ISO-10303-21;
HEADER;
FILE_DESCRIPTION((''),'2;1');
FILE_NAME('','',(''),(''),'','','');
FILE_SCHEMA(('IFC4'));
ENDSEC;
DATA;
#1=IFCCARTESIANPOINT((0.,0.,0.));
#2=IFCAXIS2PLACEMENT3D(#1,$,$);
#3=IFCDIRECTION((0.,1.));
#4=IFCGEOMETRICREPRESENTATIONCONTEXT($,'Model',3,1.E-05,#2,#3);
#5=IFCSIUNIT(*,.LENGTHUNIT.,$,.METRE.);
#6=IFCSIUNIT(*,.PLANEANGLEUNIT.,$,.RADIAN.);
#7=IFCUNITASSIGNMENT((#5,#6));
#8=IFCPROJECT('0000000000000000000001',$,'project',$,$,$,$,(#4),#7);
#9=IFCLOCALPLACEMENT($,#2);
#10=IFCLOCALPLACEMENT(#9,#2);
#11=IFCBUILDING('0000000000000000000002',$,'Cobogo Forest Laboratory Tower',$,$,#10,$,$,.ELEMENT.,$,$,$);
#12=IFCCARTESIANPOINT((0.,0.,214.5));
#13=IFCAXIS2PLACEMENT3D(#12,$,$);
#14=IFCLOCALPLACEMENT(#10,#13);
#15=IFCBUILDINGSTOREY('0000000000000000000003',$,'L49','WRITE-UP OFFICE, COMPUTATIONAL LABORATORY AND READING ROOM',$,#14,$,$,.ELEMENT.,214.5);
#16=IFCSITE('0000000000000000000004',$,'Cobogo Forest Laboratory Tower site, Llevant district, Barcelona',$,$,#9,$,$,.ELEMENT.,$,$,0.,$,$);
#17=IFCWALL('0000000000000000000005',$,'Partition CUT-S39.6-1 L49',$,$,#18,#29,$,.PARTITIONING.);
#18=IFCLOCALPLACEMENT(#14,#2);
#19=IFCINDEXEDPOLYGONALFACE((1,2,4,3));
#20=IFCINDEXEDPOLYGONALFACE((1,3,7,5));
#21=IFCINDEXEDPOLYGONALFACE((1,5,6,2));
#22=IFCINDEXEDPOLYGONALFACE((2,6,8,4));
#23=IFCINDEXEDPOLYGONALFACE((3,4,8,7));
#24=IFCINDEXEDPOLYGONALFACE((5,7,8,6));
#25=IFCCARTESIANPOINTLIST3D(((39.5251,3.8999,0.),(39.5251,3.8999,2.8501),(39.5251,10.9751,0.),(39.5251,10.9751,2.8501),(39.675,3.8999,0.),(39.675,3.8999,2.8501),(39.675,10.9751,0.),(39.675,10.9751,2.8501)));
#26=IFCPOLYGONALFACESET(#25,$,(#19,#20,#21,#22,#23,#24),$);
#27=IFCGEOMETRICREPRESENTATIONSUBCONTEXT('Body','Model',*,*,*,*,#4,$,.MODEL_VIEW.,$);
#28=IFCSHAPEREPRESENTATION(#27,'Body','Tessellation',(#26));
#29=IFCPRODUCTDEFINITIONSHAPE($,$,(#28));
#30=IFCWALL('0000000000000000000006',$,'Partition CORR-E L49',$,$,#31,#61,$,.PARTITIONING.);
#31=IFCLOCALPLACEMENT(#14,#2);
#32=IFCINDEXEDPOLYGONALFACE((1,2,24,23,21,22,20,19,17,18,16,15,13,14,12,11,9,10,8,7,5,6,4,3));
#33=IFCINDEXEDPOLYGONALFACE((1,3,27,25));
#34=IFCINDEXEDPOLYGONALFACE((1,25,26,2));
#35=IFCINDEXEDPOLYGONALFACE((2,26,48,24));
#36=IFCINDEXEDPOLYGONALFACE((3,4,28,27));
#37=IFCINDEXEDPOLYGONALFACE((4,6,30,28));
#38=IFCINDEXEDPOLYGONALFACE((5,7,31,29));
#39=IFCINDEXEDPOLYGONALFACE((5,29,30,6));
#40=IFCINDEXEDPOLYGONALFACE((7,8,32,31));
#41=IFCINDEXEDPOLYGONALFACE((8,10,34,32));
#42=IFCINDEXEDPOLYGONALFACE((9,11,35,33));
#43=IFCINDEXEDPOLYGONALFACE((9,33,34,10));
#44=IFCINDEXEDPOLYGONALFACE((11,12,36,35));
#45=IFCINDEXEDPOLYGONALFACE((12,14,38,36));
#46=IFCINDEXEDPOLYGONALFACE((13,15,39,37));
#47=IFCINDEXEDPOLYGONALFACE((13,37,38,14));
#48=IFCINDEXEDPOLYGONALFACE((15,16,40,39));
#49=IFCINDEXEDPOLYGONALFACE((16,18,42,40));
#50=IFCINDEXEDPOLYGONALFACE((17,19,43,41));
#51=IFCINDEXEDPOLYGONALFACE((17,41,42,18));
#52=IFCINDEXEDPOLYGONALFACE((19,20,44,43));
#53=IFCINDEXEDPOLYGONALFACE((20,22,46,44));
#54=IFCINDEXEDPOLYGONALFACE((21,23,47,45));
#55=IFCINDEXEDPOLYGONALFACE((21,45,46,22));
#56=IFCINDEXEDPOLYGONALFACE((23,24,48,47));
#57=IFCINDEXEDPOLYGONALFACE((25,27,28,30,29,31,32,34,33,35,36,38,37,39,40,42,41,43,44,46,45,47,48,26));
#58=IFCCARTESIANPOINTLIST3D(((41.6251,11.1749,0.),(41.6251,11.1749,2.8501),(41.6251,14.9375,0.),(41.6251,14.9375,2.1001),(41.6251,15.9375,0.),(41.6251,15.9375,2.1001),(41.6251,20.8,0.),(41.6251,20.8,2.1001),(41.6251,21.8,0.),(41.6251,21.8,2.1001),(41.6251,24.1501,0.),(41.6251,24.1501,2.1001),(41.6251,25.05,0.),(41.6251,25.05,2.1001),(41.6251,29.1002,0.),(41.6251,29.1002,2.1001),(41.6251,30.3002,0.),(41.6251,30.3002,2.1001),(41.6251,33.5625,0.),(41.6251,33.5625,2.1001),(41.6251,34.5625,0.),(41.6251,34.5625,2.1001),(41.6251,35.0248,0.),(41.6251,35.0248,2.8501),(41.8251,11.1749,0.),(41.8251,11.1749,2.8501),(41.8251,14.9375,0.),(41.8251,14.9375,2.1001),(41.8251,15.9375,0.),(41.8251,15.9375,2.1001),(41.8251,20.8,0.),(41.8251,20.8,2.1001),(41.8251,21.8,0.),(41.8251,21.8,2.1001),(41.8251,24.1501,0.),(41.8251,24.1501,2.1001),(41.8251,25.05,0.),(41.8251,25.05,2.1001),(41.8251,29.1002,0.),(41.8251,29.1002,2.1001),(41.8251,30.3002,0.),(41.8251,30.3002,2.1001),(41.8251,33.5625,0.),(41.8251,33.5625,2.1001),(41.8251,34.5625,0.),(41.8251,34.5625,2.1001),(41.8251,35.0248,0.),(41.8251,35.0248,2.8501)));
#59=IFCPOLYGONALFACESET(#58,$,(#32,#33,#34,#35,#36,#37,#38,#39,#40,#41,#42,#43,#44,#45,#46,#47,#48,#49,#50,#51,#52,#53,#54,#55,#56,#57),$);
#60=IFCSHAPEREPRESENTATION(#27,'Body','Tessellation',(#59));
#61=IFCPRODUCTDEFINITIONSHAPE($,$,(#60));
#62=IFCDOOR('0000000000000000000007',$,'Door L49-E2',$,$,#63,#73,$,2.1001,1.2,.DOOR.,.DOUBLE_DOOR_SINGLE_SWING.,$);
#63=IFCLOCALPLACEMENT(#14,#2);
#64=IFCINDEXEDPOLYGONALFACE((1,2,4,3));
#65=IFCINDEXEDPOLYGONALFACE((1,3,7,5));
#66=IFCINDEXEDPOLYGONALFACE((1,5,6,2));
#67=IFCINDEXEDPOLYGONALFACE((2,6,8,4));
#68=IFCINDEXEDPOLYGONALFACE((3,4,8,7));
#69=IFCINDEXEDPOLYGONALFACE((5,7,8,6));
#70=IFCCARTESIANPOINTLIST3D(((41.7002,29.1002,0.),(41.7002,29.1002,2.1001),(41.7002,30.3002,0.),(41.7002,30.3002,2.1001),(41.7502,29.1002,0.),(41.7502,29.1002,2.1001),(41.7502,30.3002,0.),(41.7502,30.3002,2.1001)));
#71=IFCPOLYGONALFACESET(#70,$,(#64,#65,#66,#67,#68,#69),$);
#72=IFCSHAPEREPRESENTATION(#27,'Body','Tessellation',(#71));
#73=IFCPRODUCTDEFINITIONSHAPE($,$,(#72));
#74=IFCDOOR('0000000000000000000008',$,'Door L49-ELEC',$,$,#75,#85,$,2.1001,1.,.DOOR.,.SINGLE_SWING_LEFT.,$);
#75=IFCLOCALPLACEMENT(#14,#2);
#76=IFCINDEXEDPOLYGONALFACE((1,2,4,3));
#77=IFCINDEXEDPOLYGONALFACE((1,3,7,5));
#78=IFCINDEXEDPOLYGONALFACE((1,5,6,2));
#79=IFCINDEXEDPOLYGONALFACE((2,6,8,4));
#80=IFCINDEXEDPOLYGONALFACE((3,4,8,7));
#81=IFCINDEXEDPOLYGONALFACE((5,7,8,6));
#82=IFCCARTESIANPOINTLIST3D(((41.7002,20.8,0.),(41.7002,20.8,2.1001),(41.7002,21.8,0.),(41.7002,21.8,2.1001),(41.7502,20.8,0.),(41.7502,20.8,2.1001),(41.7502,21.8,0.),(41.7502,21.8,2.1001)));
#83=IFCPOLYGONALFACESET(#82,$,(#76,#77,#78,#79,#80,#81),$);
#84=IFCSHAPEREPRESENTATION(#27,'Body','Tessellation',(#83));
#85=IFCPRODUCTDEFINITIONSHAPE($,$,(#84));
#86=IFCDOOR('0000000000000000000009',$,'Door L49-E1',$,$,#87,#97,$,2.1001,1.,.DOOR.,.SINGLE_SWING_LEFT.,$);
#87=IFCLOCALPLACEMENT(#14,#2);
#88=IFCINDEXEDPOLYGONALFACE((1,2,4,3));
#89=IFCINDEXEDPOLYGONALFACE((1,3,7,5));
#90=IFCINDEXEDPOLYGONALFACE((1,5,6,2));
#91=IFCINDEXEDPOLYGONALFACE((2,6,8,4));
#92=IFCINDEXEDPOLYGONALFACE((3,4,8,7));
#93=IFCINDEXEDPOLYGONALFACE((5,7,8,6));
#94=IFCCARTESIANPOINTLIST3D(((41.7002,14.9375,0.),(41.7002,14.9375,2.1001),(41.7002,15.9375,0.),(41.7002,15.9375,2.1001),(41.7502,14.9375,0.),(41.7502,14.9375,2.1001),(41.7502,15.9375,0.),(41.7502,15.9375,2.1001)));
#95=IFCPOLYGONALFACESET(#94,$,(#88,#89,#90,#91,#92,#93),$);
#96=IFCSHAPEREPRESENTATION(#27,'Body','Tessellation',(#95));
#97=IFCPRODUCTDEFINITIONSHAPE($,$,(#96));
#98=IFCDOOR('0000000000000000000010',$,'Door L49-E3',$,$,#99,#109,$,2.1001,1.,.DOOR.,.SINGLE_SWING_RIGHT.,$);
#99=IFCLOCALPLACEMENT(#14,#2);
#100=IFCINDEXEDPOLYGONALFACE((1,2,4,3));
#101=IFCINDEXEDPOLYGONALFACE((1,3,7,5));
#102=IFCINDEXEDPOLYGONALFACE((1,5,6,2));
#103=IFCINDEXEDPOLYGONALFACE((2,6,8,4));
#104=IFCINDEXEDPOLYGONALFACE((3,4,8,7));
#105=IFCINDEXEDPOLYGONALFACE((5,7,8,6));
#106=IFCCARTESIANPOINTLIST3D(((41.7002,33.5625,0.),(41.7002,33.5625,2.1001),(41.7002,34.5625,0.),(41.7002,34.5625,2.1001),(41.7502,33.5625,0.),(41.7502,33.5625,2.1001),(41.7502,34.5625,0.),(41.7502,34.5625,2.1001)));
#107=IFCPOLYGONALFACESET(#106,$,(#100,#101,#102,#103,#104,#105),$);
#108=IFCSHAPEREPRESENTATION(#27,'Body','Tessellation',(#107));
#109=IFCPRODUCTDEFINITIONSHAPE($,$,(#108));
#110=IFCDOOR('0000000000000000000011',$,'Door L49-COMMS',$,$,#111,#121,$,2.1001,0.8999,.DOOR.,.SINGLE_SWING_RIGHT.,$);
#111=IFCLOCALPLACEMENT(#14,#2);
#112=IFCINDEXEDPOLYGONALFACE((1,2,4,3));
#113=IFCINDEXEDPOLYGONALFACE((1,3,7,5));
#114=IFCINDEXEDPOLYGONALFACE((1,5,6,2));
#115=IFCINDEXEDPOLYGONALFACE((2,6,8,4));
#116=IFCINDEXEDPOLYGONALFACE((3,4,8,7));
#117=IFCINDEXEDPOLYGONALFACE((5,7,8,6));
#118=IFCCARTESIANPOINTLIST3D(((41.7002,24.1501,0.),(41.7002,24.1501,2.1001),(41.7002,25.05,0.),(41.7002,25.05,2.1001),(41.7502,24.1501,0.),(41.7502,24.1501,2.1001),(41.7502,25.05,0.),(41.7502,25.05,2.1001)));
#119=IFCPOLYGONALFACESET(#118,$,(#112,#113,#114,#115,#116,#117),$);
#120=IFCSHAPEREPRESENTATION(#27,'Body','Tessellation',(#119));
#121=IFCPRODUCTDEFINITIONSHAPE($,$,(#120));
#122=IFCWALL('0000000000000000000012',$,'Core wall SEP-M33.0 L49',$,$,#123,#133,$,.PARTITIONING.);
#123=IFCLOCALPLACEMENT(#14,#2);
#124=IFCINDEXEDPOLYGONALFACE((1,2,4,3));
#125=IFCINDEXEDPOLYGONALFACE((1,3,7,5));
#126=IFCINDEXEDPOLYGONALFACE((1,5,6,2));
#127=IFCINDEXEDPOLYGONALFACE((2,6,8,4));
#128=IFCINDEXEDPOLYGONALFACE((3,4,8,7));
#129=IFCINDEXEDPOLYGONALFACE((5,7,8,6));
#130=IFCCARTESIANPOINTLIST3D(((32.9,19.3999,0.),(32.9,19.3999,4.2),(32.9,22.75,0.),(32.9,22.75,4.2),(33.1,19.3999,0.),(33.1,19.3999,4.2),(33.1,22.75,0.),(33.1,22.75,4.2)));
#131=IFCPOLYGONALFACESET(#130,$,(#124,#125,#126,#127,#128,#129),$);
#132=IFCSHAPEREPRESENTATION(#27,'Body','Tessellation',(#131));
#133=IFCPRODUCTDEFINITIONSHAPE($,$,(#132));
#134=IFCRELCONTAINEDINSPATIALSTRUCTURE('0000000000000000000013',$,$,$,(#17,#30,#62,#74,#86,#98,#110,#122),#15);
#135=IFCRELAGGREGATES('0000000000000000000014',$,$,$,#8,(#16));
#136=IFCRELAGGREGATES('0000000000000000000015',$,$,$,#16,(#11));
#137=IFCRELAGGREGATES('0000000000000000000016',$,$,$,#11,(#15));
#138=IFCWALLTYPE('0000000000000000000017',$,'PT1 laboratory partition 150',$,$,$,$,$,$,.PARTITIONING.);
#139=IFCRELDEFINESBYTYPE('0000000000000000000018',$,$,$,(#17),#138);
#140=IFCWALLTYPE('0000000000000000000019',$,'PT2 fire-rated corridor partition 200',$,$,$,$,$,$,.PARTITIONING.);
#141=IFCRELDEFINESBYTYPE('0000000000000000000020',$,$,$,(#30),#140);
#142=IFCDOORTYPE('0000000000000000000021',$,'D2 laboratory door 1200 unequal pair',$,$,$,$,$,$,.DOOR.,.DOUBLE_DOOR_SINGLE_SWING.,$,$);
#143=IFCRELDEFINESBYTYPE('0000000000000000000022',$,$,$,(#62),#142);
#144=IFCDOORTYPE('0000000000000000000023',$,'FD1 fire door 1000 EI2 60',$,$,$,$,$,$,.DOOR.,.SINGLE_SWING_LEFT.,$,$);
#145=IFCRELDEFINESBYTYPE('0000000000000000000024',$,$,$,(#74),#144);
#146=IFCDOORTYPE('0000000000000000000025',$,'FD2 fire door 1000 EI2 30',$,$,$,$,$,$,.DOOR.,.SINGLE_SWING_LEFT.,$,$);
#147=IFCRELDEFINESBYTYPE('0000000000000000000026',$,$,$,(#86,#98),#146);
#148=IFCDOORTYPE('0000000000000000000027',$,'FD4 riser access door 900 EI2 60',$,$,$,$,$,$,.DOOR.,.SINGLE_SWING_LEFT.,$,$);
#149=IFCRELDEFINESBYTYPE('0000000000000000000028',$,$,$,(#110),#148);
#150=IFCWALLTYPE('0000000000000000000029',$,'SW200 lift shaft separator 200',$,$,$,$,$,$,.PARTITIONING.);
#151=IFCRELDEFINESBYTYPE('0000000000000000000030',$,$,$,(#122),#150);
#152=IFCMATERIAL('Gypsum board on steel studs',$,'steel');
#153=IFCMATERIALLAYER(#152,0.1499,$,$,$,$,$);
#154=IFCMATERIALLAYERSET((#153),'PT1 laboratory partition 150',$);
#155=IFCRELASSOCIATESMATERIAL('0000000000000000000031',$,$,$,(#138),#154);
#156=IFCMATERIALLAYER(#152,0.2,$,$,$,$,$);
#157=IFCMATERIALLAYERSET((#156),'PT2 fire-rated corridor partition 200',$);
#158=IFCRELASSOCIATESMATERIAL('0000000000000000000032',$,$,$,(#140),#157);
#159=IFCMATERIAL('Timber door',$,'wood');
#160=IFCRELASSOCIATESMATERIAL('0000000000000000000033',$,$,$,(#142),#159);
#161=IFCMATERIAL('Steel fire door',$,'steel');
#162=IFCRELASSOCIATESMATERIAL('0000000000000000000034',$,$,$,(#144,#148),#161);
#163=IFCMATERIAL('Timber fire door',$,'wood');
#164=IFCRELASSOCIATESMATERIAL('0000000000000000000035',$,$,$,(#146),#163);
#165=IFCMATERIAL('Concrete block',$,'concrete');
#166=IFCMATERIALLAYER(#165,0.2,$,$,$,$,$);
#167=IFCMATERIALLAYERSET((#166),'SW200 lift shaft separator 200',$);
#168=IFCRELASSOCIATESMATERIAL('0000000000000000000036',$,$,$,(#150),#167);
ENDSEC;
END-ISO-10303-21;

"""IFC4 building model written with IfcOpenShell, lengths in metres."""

from ifc_helpers import new_model, si_unit, direction, frame, frame_2d, origin, place, context, subcontext, project, spatial, rectangle, extrude, material, layer, layer_set, type_object, element, fill, save


model = new_model("IFC4")

# Units and contexts
model_context = context("Model", 3, precision=1e-05, world=origin(), true_north=direction((0.0, 1.0)))
body_context = subcontext(model_context, "Body", "Model", "MODEL_VIEW")
ifc_project = project(units=[si_unit("LENGTHUNIT", "METRE"), si_unit("PLANEANGLEUNIT", "RADIAN")], contexts=[model_context])

# Site, building, storey
site_placement = place(None, origin())
site = spatial("IfcSite", under=ifc_project, at=site_placement, Name="Cobogo Forest Laboratory Tower site, Llevant district, Barcelona", CompositionType="ELEMENT", RefElevation=0.0)
building_placement = place(site_placement, origin())
building = spatial("IfcBuilding", under=site, at=building_placement, Name="Cobogo Forest Laboratory Tower", CompositionType="ELEMENT")
storey_placement = place(building_placement, frame((0.0, 0.0, 214.5)))
storey = spatial("IfcBuildingStorey", under=building, at=storey_placement, Name="L49", Description="WRITE-UP OFFICE, COMPUTATIONAL LABORATORY AND READING ROOM", CompositionType="ELEMENT", Elevation=214.5)

# Shared definitions
ifc_material_1 = material(Name="Steel fire door", Category="steel")

# Wall
ifc_material_2 = material(Name="Gypsum board on steel studs", Category="steel")
ifc_layer_1 = layer(ifc_material_2, 0.1499)
ifc_layer_set_1 = layer_set([ifc_layer_1], Name="PT1 laboratory partition 150")
wall_type_1 = type_object("IfcWallType", Name="PT1 laboratory partition 150", PredefinedType="PARTITIONING", material=ifc_layer_set_1)
wall_1_placement = place(storey_placement, frame((39.6001, 3.8999, 0.0), z_axis=(0.0, 0.0, 1.0), x_axis=(0.0, 1.0, 0.0)))
element("IfcWall", 1, at=wall_1_placement, inside=storey, type_object=wall_type_1, Name="Partition CUT-S39.6-1 L49", PredefinedType="PARTITIONING", context=body_context, shape_type="SweptSolid", body=[
    extrude(rectangle(XDim=7.0752, YDim=0.1499, at=frame_2d((3.5376, 0.0))), origin(), (0.0, 0.0, 1.0), 2.8501),
])

# Wall, openings, doors
ifc_layer_2 = layer(ifc_material_2, 0.2)
ifc_layer_set_2 = layer_set([ifc_layer_2], Name="PT2 fire-rated corridor partition 200")
wall_type_2 = type_object("IfcWallType", Name="PT2 fire-rated corridor partition 200", PredefinedType="PARTITIONING", material=ifc_layer_set_2)
wall_2_placement = place(storey_placement, frame((41.7251, 11.175, 0.0), z_axis=(0.0, 0.0, 1.0), x_axis=(0.0, 1.0, 0.0)))
wall_2 = element("IfcWall", 2, at=wall_2_placement, inside=storey, type_object=wall_type_2, Name="Partition CORR-E L49", PredefinedType="PARTITIONING", context=body_context, shape_type="SweptSolid", body=[
    extrude(rectangle(XDim=23.8499, YDim=0.2, at=frame_2d((11.9248, 0.0))), origin(), (0.0, 0.0, 1.0), 2.8501),
])
opening_1_placement = place(wall_2_placement, frame((3.7625, 0.0, 0.0)))
opening_1 = element("IfcOpeningElement", 3, at=opening_1_placement, cuts=wall_2, PredefinedType="OPENING", context=body_context, shape_type="SweptSolid", body=[
    extrude(rectangle(XDim=1.0, YDim=2.1001, at=frame_2d((0.5, 1.05))), frame((0.0, 0.1099, 0.0), z_axis=(0.0, -1.0, 0.0), x_axis=(1.0, 0.0, 0.0)), (0.0, 0.0, 1.0), 0.22),
])
opening_2_placement = place(wall_2_placement, frame((9.625, 0.0, 0.0)))
opening_2 = element("IfcOpeningElement", 4, at=opening_2_placement, cuts=wall_2, PredefinedType="OPENING", context=body_context, shape_type="SweptSolid", body=[
    extrude(rectangle(XDim=1.0, YDim=2.1001, at=frame_2d((0.5, 1.05))), frame((0.0, 0.1099, 0.0), z_axis=(0.0, -1.0, 0.0), x_axis=(1.0, 0.0, 0.0)), (0.0, 0.0, 1.0), 0.22),
])
opening_3_placement = place(wall_2_placement, frame((12.9751, 0.0, 0.0)))
opening_3 = element("IfcOpeningElement", 5, at=opening_3_placement, cuts=wall_2, PredefinedType="OPENING", context=body_context, shape_type="SweptSolid", body=[
    extrude(rectangle(XDim=0.8999, YDim=2.1001, at=frame_2d((0.45, 1.05))), frame((0.0, 0.1099, 0.0), z_axis=(0.0, -1.0, 0.0), x_axis=(1.0, 0.0, 0.0)), (0.0, 0.0, 1.0), 0.22),
])
opening_4_placement = place(wall_2_placement, frame((17.925, 0.0, 0.0)))
opening_4 = element("IfcOpeningElement", 6, at=opening_4_placement, cuts=wall_2, PredefinedType="OPENING", context=body_context, shape_type="SweptSolid", body=[
    extrude(rectangle(XDim=1.2, YDim=2.1001, at=frame_2d((0.6001, 1.05))), frame((0.0, 0.1099, 0.0), z_axis=(0.0, -1.0, 0.0), x_axis=(1.0, 0.0, 0.0)), (0.0, 0.0, 1.0), 0.22),
])
opening_5_placement = place(wall_2_placement, frame((22.3875, 0.0, 0.0)))
opening_5 = element("IfcOpeningElement", 7, at=opening_5_placement, cuts=wall_2, PredefinedType="OPENING", context=body_context, shape_type="SweptSolid", body=[
    extrude(rectangle(XDim=1.0, YDim=2.1001, at=frame_2d((0.5, 1.05))), frame((0.0, 0.1099, 0.0), z_axis=(0.0, -1.0, 0.0), x_axis=(1.0, 0.0, 0.0)), (0.0, 0.0, 1.0), 0.22),
])
ifc_material_3 = material(Name="Timber door", Category="wood")
door_type_1 = type_object("IfcDoorType", Name="D2 laboratory door 1200 unequal pair", OperationType="DOUBLE_DOOR_SINGLE_SWING", PredefinedType="DOOR", material=ifc_material_3)
door_1_placement = place(opening_4_placement, origin())
door_1 = element("IfcDoor", 8, at=door_1_placement, inside=storey, type_object=door_type_1, Name="Door L49-E2", OperationType="DOUBLE_DOOR_SINGLE_SWING", OverallHeight=2.1001, OverallWidth=1.2, PredefinedType="DOOR", context=body_context, shape_type="SweptSolid", body=[
    extrude(rectangle(XDim=1.2, YDim=2.1001, at=frame_2d((0.6001, 1.05))), frame((0.0, 0.0249, 0.0), z_axis=(0.0, -1.0, 0.0), x_axis=(1.0, 0.0, 0.0)), (0.0, 0.0, 1.0), 0.05),
])
fill(opening_4, door_1)
door_type_2 = type_object("IfcDoorType", Name="FD1 fire door 1000 EI2 60", OperationType="SINGLE_SWING_LEFT", PredefinedType="DOOR", material=ifc_material_1)
door_2_placement = place(opening_2_placement, origin())
door_2 = element("IfcDoor", 9, at=door_2_placement, inside=storey, type_object=door_type_2, Name="Door L49-ELEC", OperationType="SINGLE_SWING_LEFT", OverallHeight=2.1001, OverallWidth=1.0, PredefinedType="DOOR", context=body_context, shape_type="SweptSolid", body=[
    extrude(rectangle(XDim=1.0, YDim=2.1001, at=frame_2d((0.5, 1.05))), frame((0.0, 0.0249, 0.0), z_axis=(0.0, -1.0, 0.0), x_axis=(1.0, 0.0, 0.0)), (0.0, 0.0, 1.0), 0.05),
])
fill(opening_2, door_2)
ifc_material_4 = material(Name="Timber fire door", Category="wood")
door_type_3 = type_object("IfcDoorType", Name="FD2 fire door 1000 EI2 30", OperationType="SINGLE_SWING_LEFT", PredefinedType="DOOR", material=ifc_material_4)
door_3_placement = place(opening_1_placement, origin())
door_3 = element("IfcDoor", 10, at=door_3_placement, inside=storey, type_object=door_type_3, Name="Door L49-E1", OperationType="SINGLE_SWING_LEFT", OverallHeight=2.1001, OverallWidth=1.0, PredefinedType="DOOR", context=body_context, shape_type="SweptSolid", body=[
    extrude(rectangle(XDim=1.0, YDim=2.1001, at=frame_2d((0.5, 1.05))), frame((0.0, 0.0249, 0.0), z_axis=(0.0, -1.0, 0.0), x_axis=(1.0, 0.0, 0.0)), (0.0, 0.0, 1.0), 0.05),
])
fill(opening_1, door_3)
door_4_placement = place(opening_5_placement, origin())
door_4 = element("IfcDoor", 11, at=door_4_placement, inside=storey, type_object=door_type_3, Name="Door L49-E3", OperationType="SINGLE_SWING_RIGHT", OverallHeight=2.1001, OverallWidth=1.0, PredefinedType="DOOR", context=body_context, shape_type="SweptSolid", body=[
    extrude(rectangle(XDim=1.0, YDim=2.1001, at=frame_2d((0.5, 1.05))), frame((0.0, 0.0249, 0.0), z_axis=(0.0, -1.0, 0.0), x_axis=(1.0, 0.0, 0.0)), (0.0, 0.0, 1.0), 0.05),
])
fill(opening_5, door_4)
door_type_4 = type_object("IfcDoorType", Name="FD4 riser access door 900 EI2 60", OperationType="SINGLE_SWING_LEFT", PredefinedType="DOOR", material=ifc_material_1)
door_5_placement = place(opening_3_placement, origin())
door_5 = element("IfcDoor", 12, at=door_5_placement, inside=storey, type_object=door_type_4, Name="Door L49-COMMS", OperationType="SINGLE_SWING_RIGHT", OverallHeight=2.1001, OverallWidth=0.8999, PredefinedType="DOOR", context=body_context, shape_type="SweptSolid", body=[
    extrude(rectangle(XDim=0.8999, YDim=2.1001, at=frame_2d((0.45, 1.05))), frame((0.0, 0.0249, 0.0), z_axis=(0.0, -1.0, 0.0), x_axis=(1.0, 0.0, 0.0)), (0.0, 0.0, 1.0), 0.05),
])
fill(opening_3, door_5)

# Wall
ifc_material_5 = material(Name="Concrete block", Category="concrete")
ifc_layer_3 = layer(ifc_material_5, 0.2)
ifc_layer_set_3 = layer_set([ifc_layer_3], Name="SW200 lift shaft separator 200")
wall_type_3 = type_object("IfcWallType", Name="SW200 lift shaft separator 200", PredefinedType="PARTITIONING", material=ifc_layer_set_3)
wall_3_placement = place(storey_placement, frame((33.0, 19.3999, 0.0), z_axis=(0.0, 0.0, 1.0), x_axis=(0.0, 1.0, 0.0)))
element("IfcWall", 13, at=wall_3_placement, inside=storey, type_object=wall_type_3, Name="Core wall SEP-M33.0 L49", PredefinedType="PARTITIONING", context=body_context, shape_type="SweptSolid", body=[
    extrude(rectangle(XDim=3.3501, YDim=0.2, at=frame_2d((1.675, 0.0))), origin(), (0.0, 0.0, 1.0), 4.2),
])

save(model, "model.ifc")
